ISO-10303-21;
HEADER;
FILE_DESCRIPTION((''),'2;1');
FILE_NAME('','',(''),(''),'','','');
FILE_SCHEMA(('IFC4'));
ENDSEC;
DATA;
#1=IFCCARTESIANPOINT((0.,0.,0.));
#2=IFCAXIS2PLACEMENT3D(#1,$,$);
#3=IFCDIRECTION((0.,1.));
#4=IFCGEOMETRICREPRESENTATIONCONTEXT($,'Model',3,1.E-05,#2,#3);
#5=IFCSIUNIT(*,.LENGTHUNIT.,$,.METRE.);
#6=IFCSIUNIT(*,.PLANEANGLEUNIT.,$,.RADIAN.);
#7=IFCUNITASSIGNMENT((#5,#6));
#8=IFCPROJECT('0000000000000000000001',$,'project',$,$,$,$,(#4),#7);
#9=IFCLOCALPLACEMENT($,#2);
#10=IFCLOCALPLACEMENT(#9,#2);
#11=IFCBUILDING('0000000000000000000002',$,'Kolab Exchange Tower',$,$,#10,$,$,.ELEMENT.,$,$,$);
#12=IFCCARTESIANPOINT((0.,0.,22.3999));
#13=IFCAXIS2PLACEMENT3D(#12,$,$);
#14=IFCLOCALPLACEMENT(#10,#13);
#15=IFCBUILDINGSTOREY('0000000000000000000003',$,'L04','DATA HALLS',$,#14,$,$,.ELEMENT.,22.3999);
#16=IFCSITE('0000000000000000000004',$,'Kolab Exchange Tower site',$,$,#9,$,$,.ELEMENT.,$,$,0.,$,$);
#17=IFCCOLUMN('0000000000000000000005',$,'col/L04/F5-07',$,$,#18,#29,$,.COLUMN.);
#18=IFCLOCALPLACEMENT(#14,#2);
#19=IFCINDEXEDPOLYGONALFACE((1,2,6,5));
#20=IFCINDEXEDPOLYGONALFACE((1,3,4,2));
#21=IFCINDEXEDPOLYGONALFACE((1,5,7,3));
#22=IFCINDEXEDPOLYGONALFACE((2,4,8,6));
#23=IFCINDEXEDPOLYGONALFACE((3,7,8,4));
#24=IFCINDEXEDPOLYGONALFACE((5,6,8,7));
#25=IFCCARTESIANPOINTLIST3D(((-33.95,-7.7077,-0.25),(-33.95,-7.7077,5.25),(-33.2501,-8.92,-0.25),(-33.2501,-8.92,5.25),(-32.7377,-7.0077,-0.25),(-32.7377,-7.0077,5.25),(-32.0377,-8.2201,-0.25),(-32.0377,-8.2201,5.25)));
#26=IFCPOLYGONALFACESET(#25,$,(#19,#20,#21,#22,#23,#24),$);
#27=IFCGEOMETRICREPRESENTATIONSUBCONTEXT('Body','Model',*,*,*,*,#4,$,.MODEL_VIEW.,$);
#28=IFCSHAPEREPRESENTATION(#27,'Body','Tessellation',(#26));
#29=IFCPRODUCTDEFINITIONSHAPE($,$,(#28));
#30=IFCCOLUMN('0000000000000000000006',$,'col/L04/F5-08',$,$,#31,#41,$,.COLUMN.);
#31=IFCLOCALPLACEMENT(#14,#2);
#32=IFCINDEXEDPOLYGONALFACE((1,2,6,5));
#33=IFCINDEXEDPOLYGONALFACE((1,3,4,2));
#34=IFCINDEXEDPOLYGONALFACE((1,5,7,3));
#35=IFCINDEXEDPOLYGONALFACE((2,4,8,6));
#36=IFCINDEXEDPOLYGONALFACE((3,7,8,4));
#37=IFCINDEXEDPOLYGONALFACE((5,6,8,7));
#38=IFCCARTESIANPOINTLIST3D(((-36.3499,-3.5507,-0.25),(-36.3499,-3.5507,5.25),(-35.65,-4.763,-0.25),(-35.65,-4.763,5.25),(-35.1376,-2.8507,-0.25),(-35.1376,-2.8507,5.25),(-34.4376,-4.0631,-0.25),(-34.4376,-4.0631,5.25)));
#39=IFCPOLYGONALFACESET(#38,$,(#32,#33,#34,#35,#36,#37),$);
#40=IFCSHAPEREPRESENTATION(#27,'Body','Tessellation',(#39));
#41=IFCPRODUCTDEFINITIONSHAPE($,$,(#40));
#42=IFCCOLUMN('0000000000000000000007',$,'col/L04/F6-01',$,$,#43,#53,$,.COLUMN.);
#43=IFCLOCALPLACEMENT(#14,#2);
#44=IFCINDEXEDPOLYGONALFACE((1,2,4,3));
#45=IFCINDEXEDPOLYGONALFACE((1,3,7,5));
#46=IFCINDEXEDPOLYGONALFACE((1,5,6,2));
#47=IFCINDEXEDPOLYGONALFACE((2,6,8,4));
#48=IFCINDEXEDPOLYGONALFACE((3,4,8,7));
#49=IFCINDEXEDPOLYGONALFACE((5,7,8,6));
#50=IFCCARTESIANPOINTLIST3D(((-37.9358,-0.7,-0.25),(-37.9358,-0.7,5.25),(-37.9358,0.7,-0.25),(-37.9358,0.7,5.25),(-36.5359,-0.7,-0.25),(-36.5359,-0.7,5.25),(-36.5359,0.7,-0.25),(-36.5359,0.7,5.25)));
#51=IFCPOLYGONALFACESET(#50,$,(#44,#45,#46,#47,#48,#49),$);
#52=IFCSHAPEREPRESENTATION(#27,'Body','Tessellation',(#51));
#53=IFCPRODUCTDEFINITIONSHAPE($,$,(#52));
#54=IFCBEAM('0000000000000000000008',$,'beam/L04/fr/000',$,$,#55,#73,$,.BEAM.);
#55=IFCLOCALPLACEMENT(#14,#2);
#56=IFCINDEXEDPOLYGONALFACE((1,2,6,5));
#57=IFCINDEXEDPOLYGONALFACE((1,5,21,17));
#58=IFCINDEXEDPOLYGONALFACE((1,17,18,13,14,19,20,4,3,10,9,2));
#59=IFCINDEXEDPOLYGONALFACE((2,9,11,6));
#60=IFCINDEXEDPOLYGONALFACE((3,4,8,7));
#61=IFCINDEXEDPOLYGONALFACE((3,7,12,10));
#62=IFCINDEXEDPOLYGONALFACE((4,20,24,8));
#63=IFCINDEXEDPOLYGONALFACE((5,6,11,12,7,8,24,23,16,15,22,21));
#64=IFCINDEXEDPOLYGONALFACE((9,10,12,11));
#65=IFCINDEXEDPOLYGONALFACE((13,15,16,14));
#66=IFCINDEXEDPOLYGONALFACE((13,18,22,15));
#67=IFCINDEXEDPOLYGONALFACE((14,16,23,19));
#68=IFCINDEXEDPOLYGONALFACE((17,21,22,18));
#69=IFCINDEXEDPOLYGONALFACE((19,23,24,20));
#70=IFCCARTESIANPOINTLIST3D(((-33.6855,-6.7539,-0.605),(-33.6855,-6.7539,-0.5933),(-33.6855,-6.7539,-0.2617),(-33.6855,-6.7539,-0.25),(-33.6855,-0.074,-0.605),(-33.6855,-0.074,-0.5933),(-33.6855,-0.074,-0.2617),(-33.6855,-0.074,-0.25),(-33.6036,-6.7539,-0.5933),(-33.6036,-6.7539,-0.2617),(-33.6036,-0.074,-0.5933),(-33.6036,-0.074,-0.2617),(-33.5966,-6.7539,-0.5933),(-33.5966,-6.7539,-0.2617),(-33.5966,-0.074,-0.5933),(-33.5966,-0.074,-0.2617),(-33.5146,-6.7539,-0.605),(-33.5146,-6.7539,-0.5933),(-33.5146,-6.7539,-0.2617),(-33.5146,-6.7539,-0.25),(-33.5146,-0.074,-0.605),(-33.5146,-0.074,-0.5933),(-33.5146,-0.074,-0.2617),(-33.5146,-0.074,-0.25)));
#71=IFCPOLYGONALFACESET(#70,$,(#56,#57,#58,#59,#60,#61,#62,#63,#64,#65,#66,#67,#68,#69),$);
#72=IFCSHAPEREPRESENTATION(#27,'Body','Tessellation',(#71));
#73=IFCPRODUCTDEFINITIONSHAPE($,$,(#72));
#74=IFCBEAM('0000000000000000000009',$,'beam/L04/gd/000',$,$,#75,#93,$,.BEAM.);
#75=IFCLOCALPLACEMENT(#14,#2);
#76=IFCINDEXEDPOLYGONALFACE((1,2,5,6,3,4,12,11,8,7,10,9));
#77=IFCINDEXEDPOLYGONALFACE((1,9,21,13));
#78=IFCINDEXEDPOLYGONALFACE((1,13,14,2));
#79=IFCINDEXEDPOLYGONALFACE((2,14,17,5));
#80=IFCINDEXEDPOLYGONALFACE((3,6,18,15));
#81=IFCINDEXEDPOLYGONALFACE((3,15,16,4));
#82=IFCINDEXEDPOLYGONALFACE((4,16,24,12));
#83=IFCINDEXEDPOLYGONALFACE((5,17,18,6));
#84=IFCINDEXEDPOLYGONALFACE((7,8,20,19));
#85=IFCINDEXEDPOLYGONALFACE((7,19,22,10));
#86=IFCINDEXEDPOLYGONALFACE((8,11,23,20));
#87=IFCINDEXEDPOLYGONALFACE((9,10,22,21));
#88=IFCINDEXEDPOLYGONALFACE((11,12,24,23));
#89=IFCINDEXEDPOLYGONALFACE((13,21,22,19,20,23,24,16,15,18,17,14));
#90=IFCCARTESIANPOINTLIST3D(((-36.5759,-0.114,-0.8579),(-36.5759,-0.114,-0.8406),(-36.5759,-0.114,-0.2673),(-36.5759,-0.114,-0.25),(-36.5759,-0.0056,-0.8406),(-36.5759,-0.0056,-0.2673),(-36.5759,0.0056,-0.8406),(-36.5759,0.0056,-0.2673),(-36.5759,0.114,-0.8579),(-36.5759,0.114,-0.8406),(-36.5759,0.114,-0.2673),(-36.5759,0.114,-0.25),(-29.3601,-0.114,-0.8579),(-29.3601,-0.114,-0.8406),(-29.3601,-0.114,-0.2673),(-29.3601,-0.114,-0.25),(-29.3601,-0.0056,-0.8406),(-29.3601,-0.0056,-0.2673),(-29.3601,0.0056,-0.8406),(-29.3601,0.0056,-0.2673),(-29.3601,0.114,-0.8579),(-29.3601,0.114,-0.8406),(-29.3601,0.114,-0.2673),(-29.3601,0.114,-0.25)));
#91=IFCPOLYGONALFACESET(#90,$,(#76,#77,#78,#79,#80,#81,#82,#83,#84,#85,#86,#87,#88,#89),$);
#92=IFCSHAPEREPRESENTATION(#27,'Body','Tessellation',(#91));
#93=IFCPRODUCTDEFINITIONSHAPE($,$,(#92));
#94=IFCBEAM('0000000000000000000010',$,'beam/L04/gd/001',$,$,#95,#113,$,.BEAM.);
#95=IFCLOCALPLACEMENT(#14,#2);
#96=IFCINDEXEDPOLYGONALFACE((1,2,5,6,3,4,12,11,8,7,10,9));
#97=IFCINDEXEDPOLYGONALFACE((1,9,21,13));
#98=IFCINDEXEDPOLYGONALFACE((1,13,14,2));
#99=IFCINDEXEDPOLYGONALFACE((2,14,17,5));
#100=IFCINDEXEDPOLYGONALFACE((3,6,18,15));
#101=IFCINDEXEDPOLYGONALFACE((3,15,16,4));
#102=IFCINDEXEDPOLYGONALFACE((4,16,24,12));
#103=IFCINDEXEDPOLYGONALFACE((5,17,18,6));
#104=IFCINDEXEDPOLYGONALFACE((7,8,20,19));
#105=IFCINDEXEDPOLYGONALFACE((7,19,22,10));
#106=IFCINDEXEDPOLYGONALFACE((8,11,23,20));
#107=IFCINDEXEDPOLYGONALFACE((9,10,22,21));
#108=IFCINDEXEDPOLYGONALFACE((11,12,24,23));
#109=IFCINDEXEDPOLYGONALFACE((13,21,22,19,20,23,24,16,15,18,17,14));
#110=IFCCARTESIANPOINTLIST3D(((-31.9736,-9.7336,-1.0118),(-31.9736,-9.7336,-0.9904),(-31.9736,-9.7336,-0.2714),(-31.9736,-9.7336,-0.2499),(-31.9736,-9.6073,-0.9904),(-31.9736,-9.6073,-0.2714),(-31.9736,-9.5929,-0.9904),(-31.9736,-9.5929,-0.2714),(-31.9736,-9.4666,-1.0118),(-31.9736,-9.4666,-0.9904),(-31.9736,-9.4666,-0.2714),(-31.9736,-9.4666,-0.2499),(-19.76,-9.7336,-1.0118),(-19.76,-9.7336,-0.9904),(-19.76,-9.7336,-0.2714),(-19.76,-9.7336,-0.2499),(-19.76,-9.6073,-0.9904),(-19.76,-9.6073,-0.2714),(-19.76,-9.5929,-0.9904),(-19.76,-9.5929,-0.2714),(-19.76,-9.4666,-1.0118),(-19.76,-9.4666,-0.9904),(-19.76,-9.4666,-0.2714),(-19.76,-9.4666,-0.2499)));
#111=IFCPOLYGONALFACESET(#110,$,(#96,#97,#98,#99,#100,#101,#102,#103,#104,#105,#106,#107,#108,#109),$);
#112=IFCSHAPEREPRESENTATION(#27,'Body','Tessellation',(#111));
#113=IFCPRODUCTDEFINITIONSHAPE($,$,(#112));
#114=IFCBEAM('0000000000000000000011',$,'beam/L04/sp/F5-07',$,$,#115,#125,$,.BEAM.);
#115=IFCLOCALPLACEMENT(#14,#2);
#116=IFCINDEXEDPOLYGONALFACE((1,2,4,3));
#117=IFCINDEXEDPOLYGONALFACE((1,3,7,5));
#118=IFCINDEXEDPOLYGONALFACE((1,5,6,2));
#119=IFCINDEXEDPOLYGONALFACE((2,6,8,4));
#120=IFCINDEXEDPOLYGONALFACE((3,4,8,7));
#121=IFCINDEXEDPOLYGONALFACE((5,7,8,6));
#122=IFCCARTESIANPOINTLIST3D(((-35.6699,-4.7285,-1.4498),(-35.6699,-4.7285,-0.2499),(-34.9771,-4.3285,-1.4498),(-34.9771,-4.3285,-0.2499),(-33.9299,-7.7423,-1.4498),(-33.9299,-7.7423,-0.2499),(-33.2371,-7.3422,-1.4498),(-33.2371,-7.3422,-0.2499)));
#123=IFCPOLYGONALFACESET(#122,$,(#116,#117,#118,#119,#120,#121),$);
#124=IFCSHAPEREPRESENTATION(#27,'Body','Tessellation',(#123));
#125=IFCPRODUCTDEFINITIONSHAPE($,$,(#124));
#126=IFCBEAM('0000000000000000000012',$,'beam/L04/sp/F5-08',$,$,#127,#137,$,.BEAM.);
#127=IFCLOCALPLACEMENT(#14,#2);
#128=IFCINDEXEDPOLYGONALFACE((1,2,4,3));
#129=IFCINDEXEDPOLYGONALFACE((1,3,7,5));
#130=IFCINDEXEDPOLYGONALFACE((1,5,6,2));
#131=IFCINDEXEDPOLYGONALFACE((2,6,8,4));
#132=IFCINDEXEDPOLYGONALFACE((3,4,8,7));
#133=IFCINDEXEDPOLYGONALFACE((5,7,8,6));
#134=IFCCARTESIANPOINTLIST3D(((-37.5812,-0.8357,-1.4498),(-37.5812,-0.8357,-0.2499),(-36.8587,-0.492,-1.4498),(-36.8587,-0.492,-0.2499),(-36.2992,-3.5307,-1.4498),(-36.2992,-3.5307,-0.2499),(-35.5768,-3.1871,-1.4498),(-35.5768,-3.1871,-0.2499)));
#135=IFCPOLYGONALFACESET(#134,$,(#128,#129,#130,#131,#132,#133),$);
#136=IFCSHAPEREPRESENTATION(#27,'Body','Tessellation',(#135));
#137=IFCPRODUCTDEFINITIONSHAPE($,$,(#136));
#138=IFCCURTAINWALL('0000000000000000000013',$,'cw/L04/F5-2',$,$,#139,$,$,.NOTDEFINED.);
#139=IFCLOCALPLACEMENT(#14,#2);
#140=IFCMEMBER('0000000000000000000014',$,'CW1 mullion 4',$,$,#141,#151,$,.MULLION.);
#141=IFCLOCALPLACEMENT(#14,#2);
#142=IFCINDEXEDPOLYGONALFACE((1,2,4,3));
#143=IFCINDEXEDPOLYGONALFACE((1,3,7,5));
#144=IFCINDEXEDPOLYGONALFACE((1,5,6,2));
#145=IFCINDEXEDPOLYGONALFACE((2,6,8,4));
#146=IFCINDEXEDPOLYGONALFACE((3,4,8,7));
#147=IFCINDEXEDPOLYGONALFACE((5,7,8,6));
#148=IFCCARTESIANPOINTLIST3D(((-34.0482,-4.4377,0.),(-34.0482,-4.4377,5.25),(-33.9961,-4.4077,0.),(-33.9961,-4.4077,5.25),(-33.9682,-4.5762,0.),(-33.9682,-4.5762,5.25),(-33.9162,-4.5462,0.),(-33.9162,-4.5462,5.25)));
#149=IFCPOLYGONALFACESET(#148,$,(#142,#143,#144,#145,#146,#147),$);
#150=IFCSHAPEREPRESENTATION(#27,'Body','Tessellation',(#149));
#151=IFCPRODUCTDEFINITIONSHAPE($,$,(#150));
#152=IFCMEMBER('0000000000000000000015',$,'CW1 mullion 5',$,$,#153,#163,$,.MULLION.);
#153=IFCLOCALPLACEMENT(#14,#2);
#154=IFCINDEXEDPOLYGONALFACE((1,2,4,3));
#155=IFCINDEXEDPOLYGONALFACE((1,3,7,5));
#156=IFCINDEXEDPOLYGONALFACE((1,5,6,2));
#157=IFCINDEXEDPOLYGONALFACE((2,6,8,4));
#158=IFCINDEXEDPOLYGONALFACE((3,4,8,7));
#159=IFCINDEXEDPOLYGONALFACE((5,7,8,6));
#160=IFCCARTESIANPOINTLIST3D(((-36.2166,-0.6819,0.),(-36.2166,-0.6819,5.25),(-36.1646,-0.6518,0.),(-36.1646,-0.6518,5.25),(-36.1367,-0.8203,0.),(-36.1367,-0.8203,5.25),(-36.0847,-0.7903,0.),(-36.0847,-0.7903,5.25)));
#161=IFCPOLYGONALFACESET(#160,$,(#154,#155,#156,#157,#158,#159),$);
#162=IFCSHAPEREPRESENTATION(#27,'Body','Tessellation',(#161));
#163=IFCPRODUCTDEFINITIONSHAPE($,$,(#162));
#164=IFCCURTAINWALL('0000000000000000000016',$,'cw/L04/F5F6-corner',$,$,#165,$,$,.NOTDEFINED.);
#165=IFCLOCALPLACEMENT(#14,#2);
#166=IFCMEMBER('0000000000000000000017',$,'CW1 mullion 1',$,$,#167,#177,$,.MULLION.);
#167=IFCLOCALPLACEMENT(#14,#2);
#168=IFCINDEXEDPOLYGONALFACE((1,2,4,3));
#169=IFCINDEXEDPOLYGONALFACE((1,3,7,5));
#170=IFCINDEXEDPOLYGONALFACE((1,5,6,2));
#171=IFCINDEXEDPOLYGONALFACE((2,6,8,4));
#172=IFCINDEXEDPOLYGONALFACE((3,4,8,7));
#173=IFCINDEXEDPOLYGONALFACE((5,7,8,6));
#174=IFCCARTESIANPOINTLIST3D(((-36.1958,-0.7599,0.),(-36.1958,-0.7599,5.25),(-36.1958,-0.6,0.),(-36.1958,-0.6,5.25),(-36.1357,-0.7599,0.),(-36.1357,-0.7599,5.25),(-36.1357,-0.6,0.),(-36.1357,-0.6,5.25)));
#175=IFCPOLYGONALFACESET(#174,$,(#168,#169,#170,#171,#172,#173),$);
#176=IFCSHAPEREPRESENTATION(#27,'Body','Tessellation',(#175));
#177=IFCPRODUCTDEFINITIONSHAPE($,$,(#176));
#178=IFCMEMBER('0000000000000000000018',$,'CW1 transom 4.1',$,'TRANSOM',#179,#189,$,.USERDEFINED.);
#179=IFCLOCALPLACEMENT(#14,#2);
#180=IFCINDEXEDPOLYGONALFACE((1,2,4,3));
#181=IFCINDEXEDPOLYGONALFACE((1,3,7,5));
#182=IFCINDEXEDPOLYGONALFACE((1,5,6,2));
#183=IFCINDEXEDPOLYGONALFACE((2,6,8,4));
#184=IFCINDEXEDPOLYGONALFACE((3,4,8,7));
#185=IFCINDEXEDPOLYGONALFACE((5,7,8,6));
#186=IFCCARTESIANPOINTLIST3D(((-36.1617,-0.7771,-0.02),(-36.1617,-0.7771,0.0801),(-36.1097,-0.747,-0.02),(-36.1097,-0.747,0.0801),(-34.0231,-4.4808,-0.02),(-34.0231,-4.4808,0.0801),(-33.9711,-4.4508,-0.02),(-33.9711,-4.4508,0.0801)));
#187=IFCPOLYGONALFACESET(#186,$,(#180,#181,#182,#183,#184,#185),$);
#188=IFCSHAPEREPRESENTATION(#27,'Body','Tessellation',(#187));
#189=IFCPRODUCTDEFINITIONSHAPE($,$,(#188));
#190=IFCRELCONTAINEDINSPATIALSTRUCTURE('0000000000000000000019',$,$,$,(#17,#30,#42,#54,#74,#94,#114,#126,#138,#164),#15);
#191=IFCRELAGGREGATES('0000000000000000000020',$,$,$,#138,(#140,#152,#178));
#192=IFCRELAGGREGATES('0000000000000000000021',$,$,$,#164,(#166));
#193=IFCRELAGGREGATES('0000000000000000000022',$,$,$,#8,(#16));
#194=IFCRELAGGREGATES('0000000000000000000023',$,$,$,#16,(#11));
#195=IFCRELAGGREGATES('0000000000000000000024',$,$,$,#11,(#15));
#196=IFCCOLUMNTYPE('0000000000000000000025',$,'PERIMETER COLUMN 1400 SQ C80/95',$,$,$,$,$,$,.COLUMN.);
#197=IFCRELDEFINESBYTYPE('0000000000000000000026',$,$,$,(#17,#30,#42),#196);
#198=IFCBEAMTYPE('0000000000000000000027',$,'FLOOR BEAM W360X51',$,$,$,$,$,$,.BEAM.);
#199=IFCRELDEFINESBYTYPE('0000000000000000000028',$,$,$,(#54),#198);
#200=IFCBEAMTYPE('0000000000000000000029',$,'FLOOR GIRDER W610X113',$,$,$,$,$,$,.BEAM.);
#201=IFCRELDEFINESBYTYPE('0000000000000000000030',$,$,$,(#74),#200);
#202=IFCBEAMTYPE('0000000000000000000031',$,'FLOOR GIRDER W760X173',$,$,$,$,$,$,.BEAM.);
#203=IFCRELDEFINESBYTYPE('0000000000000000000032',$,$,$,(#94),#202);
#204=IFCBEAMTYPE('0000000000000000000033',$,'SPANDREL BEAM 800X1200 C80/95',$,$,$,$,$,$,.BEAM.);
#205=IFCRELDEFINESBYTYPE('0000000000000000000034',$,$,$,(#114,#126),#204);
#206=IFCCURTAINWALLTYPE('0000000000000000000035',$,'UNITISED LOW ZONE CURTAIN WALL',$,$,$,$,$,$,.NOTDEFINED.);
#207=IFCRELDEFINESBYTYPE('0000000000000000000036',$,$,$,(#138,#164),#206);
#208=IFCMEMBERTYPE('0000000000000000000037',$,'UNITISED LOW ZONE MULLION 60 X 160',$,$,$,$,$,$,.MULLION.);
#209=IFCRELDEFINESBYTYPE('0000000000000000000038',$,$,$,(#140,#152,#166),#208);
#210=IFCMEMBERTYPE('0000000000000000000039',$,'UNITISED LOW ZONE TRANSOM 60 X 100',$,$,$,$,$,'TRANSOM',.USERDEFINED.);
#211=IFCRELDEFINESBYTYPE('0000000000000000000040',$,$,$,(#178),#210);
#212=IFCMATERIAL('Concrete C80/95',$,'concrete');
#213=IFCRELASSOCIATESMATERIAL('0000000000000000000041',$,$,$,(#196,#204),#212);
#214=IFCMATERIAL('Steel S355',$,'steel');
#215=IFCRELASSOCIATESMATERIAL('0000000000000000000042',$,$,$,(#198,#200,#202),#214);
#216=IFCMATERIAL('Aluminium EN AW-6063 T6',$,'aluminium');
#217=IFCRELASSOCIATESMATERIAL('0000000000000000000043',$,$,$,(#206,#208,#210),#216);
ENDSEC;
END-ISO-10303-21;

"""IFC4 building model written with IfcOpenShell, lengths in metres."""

from ifc_helpers import new_model, si_unit, direction, frame, origin, origin_2d, place, context, subcontext, project, spatial, rectangle, i_section, extrude, material, material_profile, profile_set, type_object, element, aggregate, save


model = new_model("IFC4")

# Units and contexts
model_context = context("Model", 3, precision=1e-05, world=origin(), true_north=direction((0.0, 1.0)))
body_context = subcontext(model_context, "Body", "Model", "MODEL_VIEW")
ifc_project = project(units=[si_unit("LENGTHUNIT", "METRE"), si_unit("PLANEANGLEUNIT", "RADIAN")], contexts=[model_context])

# Site, building, storey
site_placement = place(None, origin())
site = spatial("IfcSite", under=ifc_project, at=site_placement, Name="Kolab Exchange Tower site", CompositionType="ELEMENT", RefElevation=0.0)
building_placement = place(site_placement, origin())
building = spatial("IfcBuilding", under=site, at=building_placement, Name="Kolab Exchange Tower", CompositionType="ELEMENT")
storey_placement = place(building_placement, frame((0.0, 0.0, 22.3999)))
storey = spatial("IfcBuildingStorey", under=building, at=storey_placement, Name="L04", Description="DATA HALLS", CompositionType="ELEMENT", Elevation=22.3999)

# Columns
ifc_material_1 = material(Name="Concrete C80/95", Category="concrete")
ifc_material_profile_1 = material_profile(ifc_material_1, rectangle(XDim=1.3999, YDim=1.3999, at=origin_2d()), Name="RC1400")
ifc_profile_set_1 = profile_set([ifc_material_profile_1], Name="Concrete C80/95")
column_type = type_object("IfcColumnType", Name="PERIMETER COLUMN 1400 SQ C80/95", PredefinedType="COLUMN", material=ifc_profile_set_1)
for number, where, z_axis, x_axis, name in (
    (1, (-32.9939, -7.9639, -0.25), (0.0, 0.0, 1.0), (0.866025, 0.5, 0.0), "col/L04/F5-07"),
    (2, (-35.3938, -3.8069, -0.25), (0.0, 0.0, 1.0), (0.866025, 0.5, 0.0), "col/L04/F5-08"),
    (3, (-37.2358, 0.0, -0.25), (0.0, 0.0, 1.0), (1.0, 0.0, 0.0), "col/L04/F6-01"),
):
    element("IfcColumn", number, at=place(storey_placement, frame(where, z_axis=z_axis, x_axis=x_axis)), inside=storey, type_object=column_type, Name=name, PredefinedType="COLUMN", context=body_context, shape_type="SweptSolid", body=[
        extrude(rectangle(XDim=1.3999, YDim=1.3999, at=origin_2d()), origin(), (0.0, 0.0, 1.0), 5.5),
    ])

# Beams
ifc_material_2 = material(Name="Steel S355", Category="steel")
ifc_material_profile_2 = material_profile(ifc_material_2, i_section(OverallWidth=0.1709, OverallDepth=0.355, WebThickness=0.0071, FlangeThickness=0.0117, at=origin_2d()), Name="W360X51")
ifc_profile_set_2 = profile_set([ifc_material_profile_2], Name="Steel S355")
beam_type_1 = type_object("IfcBeamType", Name="FLOOR BEAM W360X51", PredefinedType="BEAM", material=ifc_profile_set_2)
beam_1_placement = place(storey_placement, frame((-33.6001, -6.7539, -0.4275), z_axis=(0.0, 1.0, 0.0), x_axis=(-1.0, 0.0, 0.0)))
element("IfcBeam", 4, at=beam_1_placement, inside=storey, type_object=beam_type_1, Name="beam/L04/fr/000", PredefinedType="BEAM", context=body_context, shape_type="SweptSolid", body=[
    extrude(i_section(OverallWidth=0.1709, OverallDepth=0.355, WebThickness=0.0071, FlangeThickness=0.0117, at=origin_2d()), origin(), (0.0, 0.0, 1.0), 6.6799),
])
ifc_material_profile_3 = material_profile(ifc_material_2, i_section(OverallWidth=0.228, OverallDepth=0.6079, WebThickness=0.0112, FlangeThickness=0.0173, at=origin_2d()), Name="W610X113")
ifc_profile_set_3 = profile_set([ifc_material_profile_3], Name="Steel S355")
beam_type_2 = type_object("IfcBeamType", Name="FLOOR GIRDER W610X113", PredefinedType="BEAM", material=ifc_profile_set_3)
beam_2_placement = place(storey_placement, frame((-36.5759, 0.0, -0.554), z_axis=(1.0, 0.0, 0.0), x_axis=(0.0, 1.0, 0.0)))
element("IfcBeam", 5, at=beam_2_placement, inside=storey, type_object=beam_type_2, Name="beam/L04/gd/000", PredefinedType="BEAM", context=body_context, shape_type="SweptSolid", body=[
    extrude(i_section(OverallWidth=0.228, OverallDepth=0.6079, WebThickness=0.0112, FlangeThickness=0.0173, at=origin_2d()), origin(), (0.0, 0.0, 1.0), 7.2158),
])
ifc_material_profile_4 = material_profile(ifc_material_2, i_section(OverallWidth=0.2671, OverallDepth=0.762, WebThickness=0.0144, FlangeThickness=0.0215, at=origin_2d()), Name="W760X173")
ifc_profile_set_4 = profile_set([ifc_material_profile_4], Name="Steel S355")
beam_type_3 = type_object("IfcBeamType", Name="FLOOR GIRDER W760X173", PredefinedType="BEAM", material=ifc_profile_set_4)
beam_3_placement = place(storey_placement, frame((-31.9736, -9.6001, -0.6309), z_axis=(1.0, 0.0, 0.0), x_axis=(0.0, 1.0, 0.0)))
element("IfcBeam", 6, at=beam_3_placement, inside=storey, type_object=beam_type_3, Name="beam/L04/gd/001", PredefinedType="BEAM", context=body_context, shape_type="SweptSolid", body=[
    extrude(i_section(OverallWidth=0.2671, OverallDepth=0.762, WebThickness=0.0144, FlangeThickness=0.0215, at=origin_2d()), origin(), (0.0, 0.0, 1.0), 12.2136),
])
ifc_material_profile_5 = material_profile(ifc_material_1, rectangle(XDim=0.8, YDim=1.2, at=origin_2d()), Name="RC800X1200")
ifc_profile_set_5 = profile_set([ifc_material_profile_5], Name="Concrete C80/95")
beam_type_4 = type_object("IfcBeamType", Name="SPANDREL BEAM 800X1200 C80/95", PredefinedType="BEAM", material=ifc_profile_set_5)
beam_4_placement = place(storey_placement, frame((-33.5835, -7.5422, -0.8499), z_axis=(-0.50001, 0.86602, 0.0), x_axis=(-0.86602, -0.50001, 0.0)))
element("IfcBeam", 7, at=beam_4_placement, inside=storey, type_object=beam_type_4, Name="beam/L04/sp/F5-07", PredefinedType="BEAM", context=body_context, shape_type="SweptSolid", body=[
    extrude(rectangle(XDim=0.8, YDim=1.2, at=origin_2d()), origin(), (0.0, 0.0, 1.0), 3.48),
])
beam_5_placement = place(storey_placement, frame((-35.938, -3.3589, -0.8499), z_axis=(-0.429556, 0.90304, 0.0), x_axis=(-0.90304, -0.429556, 0.0)))
element("IfcBeam", 8, at=beam_5_placement, inside=storey, type_object=beam_type_4, Name="beam/L04/sp/F5-08", PredefinedType="BEAM", context=body_context, shape_type="SweptSolid", body=[
    extrude(rectangle(XDim=0.8, YDim=1.2, at=origin_2d()), origin(), (0.0, 0.0, 1.0), 2.9844),
])

# Curtain wall, members
ifc_material_3 = material(Name="Aluminium EN AW-6063 T6", Category="aluminium")
curtain_wall_type = type_object("IfcCurtainWallType", Name="UNITISED LOW ZONE CURTAIN WALL", PredefinedType="NOTDEFINED", material=ifc_material_3)
curtain_wall_1_placement = place(storey_placement, origin())
curtain_wall_1 = element("IfcCurtainWall", 9, at=curtain_wall_1_placement, inside=storey, type_object=curtain_wall_type, Name="cw/L04/F5-2", PredefinedType="NOTDEFINED")
ifc_material_profile_6 = material_profile(ifc_material_3, rectangle(XDim=0.0601, YDim=0.1599, at=origin_2d()), Name="RECT 60X160")
ifc_profile_set_6 = profile_set([ifc_material_profile_6], Name="Aluminium EN AW-6063 T6")
member_type_1 = type_object("IfcMemberType", Name="UNITISED LOW ZONE MULLION 60 X 160", PredefinedType="MULLION", material=ifc_profile_set_6)
member_1_placement = place(storey_placement, frame((-33.9822, -4.4919, 0.0), z_axis=(0.0, 0.0, 1.0), x_axis=(-0.866025, -0.5, 0.0)))
member_1 = element("IfcMember", 10, at=member_1_placement, type_object=member_type_1, Name="CW1 mullion 4", PredefinedType="MULLION", context=body_context, shape_type="SweptSolid", body=[
    extrude(rectangle(XDim=0.0601, YDim=0.1599, at=origin_2d()), origin(), (0.0, 0.0, 1.0), 5.25),
])
member_2_placement = place(storey_placement, frame((-36.1506, -0.7361, 0.0), z_axis=(0.0, 0.0, 1.0), x_axis=(-0.866025, -0.5, 0.0)))
member_2 = element("IfcMember", 11, at=member_2_placement, type_object=member_type_1, Name="CW1 mullion 5", PredefinedType="MULLION", context=body_context, shape_type="SweptSolid", body=[
    extrude(rectangle(XDim=0.0601, YDim=0.1599, at=origin_2d()), origin(), (0.0, 0.0, 1.0), 5.25),
])

# Curtain wall, member
curtain_wall_2_placement = place(storey_placement, origin())
curtain_wall_2 = element("IfcCurtainWall", 12, at=curtain_wall_2_placement, inside=storey, type_object=curtain_wall_type, Name="cw/L04/F5F6-corner", PredefinedType="NOTDEFINED")
member_3_placement = place(storey_placement, frame((-36.1658, -0.6799, 0.0), z_axis=(0.0, 0.0, 1.0), x_axis=(-1.0, 0.0, 0.0)))
member_3 = element("IfcMember", 13, at=member_3_placement, type_object=member_type_1, Name="CW1 mullion 1", PredefinedType="MULLION", context=body_context, shape_type="SweptSolid", body=[
    extrude(rectangle(XDim=0.0601, YDim=0.1599, at=origin_2d()), origin(), (0.0, 0.0, 1.0), 5.25),
])

# Member
ifc_material_profile_7 = material_profile(ifc_material_3, rectangle(XDim=0.0601, YDim=0.1001, at=origin_2d()), Name="RECT 60X100")
ifc_profile_set_7 = profile_set([ifc_material_profile_7], Name="Aluminium EN AW-6063 T6")
member_type_2 = type_object("IfcMemberType", Name="UNITISED LOW ZONE TRANSOM 60 X 100", ElementType="TRANSOM", PredefinedType="USERDEFINED", material=ifc_profile_set_7)
member_4_placement = place(storey_placement, frame((-33.9971, -4.4658, 0.03), z_axis=(-0.500044, 0.866, 0.0), x_axis=(-0.866, -0.500044, 0.0)))
member_4 = element("IfcMember", 14, at=member_4_placement, type_object=member_type_2, Name="CW1 transom 4.1", ObjectType="TRANSOM", PredefinedType="USERDEFINED", context=body_context, shape_type="SweptSolid", body=[
    extrude(rectangle(XDim=0.0601, YDim=0.1001, at=origin_2d()), origin(), (0.0, 0.0, 1.0), 4.2769),
])

aggregate(curtain_wall_1, [member_1, member_2, member_4])
aggregate(curtain_wall_2, [member_3])

save(model, "model.ifc")
